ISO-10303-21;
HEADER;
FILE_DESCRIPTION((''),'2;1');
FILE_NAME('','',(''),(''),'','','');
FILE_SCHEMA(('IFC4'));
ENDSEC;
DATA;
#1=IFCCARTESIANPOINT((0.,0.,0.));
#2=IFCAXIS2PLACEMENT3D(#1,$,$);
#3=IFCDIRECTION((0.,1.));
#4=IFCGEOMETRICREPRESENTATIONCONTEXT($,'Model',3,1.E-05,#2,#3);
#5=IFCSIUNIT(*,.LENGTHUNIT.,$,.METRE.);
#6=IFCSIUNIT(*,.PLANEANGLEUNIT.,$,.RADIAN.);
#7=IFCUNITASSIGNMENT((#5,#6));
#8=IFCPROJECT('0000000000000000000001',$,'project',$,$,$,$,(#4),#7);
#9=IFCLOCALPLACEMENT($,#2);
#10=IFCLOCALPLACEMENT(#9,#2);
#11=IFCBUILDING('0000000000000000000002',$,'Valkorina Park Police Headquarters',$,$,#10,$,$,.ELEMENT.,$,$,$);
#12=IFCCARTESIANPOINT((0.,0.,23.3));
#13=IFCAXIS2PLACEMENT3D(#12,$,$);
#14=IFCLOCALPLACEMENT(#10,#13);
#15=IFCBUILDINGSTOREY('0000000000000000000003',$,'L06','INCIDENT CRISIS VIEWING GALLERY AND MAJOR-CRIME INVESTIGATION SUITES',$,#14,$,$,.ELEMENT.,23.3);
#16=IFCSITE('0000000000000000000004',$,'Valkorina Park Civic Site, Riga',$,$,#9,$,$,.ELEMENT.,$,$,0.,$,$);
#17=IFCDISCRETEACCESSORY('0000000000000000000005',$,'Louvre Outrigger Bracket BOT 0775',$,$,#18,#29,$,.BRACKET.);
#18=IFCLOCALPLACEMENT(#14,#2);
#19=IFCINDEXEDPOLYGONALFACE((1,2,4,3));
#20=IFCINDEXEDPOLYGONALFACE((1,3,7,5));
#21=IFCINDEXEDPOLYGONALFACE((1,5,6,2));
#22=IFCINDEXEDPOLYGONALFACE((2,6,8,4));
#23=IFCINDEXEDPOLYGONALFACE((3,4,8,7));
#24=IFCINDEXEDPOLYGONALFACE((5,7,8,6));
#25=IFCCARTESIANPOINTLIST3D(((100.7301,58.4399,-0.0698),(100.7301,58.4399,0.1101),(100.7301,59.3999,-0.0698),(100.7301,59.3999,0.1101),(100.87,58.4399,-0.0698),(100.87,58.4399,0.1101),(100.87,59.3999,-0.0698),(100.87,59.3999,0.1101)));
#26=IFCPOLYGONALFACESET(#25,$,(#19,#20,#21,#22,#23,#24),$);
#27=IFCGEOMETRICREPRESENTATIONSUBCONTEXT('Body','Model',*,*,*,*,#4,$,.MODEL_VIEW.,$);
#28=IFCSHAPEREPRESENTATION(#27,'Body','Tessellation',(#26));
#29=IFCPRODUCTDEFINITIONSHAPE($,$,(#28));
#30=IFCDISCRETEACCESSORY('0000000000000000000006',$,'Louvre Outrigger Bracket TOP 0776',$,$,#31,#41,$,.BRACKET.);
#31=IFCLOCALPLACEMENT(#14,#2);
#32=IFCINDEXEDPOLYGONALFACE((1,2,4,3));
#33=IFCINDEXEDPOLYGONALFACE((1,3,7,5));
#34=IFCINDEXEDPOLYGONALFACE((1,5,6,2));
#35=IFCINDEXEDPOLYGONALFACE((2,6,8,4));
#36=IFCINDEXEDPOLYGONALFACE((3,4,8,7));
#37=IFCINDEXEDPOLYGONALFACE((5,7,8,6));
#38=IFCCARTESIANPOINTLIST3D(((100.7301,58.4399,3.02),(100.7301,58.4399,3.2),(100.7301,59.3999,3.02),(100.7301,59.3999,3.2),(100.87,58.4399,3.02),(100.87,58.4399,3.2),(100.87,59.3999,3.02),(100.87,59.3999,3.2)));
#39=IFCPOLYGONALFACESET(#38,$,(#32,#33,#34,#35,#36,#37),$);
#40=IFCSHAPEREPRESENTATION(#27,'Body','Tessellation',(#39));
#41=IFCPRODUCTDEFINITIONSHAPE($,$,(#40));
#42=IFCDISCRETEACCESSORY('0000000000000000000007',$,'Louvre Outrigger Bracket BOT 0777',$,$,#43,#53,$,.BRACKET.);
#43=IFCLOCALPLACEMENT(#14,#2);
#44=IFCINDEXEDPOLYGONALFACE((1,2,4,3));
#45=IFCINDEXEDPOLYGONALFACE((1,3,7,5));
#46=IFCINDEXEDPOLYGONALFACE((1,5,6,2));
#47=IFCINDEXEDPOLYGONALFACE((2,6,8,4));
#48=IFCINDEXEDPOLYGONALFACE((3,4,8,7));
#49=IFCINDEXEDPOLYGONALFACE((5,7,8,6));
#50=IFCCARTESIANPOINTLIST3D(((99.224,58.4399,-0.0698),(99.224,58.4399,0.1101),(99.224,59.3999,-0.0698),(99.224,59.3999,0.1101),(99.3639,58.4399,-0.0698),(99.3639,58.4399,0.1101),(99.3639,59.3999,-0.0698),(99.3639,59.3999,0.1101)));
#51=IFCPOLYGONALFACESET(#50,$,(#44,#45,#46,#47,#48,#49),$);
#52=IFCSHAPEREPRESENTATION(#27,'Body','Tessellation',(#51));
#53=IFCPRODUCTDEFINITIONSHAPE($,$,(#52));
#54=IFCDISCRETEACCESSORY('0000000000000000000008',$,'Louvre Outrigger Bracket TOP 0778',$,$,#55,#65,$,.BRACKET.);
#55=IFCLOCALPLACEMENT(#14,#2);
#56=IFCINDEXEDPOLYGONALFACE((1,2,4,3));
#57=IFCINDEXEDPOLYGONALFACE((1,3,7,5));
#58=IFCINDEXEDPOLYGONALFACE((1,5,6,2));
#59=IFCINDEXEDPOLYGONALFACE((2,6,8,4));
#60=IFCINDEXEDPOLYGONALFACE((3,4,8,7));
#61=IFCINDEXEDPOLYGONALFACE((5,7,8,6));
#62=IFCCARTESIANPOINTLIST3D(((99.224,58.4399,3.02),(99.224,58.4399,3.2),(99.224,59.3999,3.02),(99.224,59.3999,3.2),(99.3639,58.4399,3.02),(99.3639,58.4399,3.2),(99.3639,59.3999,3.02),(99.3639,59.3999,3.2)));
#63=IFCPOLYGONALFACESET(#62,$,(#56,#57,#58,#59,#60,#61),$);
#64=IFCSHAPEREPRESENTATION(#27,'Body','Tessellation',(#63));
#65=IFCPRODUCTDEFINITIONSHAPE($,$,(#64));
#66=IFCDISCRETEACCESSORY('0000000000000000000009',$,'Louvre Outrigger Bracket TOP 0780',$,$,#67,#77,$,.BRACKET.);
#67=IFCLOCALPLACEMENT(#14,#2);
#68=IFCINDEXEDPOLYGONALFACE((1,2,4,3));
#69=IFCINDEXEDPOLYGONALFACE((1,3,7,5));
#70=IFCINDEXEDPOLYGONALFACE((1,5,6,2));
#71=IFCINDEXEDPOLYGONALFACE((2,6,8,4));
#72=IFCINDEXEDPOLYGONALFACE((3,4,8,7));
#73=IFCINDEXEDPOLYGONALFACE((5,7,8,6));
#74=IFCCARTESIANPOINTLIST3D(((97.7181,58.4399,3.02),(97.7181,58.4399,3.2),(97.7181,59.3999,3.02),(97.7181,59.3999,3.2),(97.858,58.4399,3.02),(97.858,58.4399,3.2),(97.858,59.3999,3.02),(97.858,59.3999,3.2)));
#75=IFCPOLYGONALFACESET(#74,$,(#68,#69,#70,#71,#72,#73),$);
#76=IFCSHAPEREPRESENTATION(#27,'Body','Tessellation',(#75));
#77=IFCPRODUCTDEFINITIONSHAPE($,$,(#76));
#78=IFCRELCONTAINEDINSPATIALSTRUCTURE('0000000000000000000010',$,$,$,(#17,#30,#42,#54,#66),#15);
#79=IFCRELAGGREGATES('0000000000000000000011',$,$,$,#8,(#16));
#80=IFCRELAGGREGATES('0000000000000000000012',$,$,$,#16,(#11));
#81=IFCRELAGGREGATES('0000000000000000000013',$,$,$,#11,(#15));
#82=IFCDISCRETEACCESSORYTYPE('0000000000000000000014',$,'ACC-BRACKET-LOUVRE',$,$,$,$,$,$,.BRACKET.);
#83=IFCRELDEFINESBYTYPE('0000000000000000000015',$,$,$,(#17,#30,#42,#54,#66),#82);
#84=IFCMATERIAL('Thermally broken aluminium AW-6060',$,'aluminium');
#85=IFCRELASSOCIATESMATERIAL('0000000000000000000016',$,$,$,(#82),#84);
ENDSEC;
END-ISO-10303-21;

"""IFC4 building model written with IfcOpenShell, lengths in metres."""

from ifc_helpers import new_model, si_unit, direction, frame, origin, origin_2d, place, context, subcontext, project, spatial, rectangle, extrude, material, type_object, element, save


model = new_model("IFC4")

# Units and contexts
model_context = context("Model", 3, precision=1e-05, world=origin(), true_north=direction((0.0, 1.0)))
body_context = subcontext(model_context, "Body", "Model", "MODEL_VIEW")
ifc_project = project(units=[si_unit("LENGTHUNIT", "METRE"), si_unit("PLANEANGLEUNIT", "RADIAN")], contexts=[model_context])

# Site, building, storey
site_placement = place(None, origin())
site = spatial("IfcSite", under=ifc_project, at=site_placement, Name="Valkorina Park Civic Site, Riga", CompositionType="ELEMENT", RefElevation=0.0)
building_placement = place(site_placement, origin())
building = spatial("IfcBuilding", under=site, at=building_placement, Name="Valkorina Park Police Headquarters", CompositionType="ELEMENT")
storey_placement = place(building_placement, frame((0.0, 0.0, 23.3)))
storey = spatial("IfcBuildingStorey", under=building, at=storey_placement, Name="L06", Description="INCIDENT CRISIS VIEWING GALLERY AND MAJOR-CRIME INVESTIGATION SUITES", CompositionType="ELEMENT", Elevation=23.3)

# Shared definitions
ifc_material_1 = material(Name="Thermally broken aluminium AW-6060", Category="aluminium")

# Discrete accessories
discrete_accessory_type = type_object("IfcDiscreteAccessoryType", Name="ACC-BRACKET-LOUVRE", PredefinedType="BRACKET", material=ifc_material_1)
for number, where, z_axis, x_axis, name in (
    (1, (100.8, 58.9199, -0.0698), (0.0, 0.0, 1.0), (0.0, -1.0, 0.0), "Louvre Outrigger Bracket BOT 0775"),
    (2, (100.8, 58.9199, 3.02), (0.0, 0.0, 1.0), (0.0, -1.0, 0.0), "Louvre Outrigger Bracket TOP 0776"),
    (3, (99.2939, 58.9199, -0.0698), (0.0, 0.0, 1.0), (0.0, -1.0, 0.0), "Louvre Outrigger Bracket BOT 0777"),
    (4, (99.2939, 58.9199, 3.02), (0.0, 0.0, 1.0), (0.0, -1.0, 0.0), "Louvre Outrigger Bracket TOP 0778"),
    (5, (97.7881, 58.9199, 3.02), (0.0, 0.0, 1.0), (0.0, -1.0, 0.0), "Louvre Outrigger Bracket TOP 0780"),
):
    element("IfcDiscreteAccessory", number, at=place(storey_placement, frame(where, z_axis=z_axis, x_axis=x_axis)), inside=storey, type_object=discrete_accessory_type, Name=name, PredefinedType="BRACKET", context=body_context, shape_type="SweptSolid", body=[
        extrude(rectangle(XDim=0.96, YDim=0.1399, at=origin_2d()), origin(), (0.0, 0.0, 1.0), 0.1799),
    ])

save(model, "model.ifc")
